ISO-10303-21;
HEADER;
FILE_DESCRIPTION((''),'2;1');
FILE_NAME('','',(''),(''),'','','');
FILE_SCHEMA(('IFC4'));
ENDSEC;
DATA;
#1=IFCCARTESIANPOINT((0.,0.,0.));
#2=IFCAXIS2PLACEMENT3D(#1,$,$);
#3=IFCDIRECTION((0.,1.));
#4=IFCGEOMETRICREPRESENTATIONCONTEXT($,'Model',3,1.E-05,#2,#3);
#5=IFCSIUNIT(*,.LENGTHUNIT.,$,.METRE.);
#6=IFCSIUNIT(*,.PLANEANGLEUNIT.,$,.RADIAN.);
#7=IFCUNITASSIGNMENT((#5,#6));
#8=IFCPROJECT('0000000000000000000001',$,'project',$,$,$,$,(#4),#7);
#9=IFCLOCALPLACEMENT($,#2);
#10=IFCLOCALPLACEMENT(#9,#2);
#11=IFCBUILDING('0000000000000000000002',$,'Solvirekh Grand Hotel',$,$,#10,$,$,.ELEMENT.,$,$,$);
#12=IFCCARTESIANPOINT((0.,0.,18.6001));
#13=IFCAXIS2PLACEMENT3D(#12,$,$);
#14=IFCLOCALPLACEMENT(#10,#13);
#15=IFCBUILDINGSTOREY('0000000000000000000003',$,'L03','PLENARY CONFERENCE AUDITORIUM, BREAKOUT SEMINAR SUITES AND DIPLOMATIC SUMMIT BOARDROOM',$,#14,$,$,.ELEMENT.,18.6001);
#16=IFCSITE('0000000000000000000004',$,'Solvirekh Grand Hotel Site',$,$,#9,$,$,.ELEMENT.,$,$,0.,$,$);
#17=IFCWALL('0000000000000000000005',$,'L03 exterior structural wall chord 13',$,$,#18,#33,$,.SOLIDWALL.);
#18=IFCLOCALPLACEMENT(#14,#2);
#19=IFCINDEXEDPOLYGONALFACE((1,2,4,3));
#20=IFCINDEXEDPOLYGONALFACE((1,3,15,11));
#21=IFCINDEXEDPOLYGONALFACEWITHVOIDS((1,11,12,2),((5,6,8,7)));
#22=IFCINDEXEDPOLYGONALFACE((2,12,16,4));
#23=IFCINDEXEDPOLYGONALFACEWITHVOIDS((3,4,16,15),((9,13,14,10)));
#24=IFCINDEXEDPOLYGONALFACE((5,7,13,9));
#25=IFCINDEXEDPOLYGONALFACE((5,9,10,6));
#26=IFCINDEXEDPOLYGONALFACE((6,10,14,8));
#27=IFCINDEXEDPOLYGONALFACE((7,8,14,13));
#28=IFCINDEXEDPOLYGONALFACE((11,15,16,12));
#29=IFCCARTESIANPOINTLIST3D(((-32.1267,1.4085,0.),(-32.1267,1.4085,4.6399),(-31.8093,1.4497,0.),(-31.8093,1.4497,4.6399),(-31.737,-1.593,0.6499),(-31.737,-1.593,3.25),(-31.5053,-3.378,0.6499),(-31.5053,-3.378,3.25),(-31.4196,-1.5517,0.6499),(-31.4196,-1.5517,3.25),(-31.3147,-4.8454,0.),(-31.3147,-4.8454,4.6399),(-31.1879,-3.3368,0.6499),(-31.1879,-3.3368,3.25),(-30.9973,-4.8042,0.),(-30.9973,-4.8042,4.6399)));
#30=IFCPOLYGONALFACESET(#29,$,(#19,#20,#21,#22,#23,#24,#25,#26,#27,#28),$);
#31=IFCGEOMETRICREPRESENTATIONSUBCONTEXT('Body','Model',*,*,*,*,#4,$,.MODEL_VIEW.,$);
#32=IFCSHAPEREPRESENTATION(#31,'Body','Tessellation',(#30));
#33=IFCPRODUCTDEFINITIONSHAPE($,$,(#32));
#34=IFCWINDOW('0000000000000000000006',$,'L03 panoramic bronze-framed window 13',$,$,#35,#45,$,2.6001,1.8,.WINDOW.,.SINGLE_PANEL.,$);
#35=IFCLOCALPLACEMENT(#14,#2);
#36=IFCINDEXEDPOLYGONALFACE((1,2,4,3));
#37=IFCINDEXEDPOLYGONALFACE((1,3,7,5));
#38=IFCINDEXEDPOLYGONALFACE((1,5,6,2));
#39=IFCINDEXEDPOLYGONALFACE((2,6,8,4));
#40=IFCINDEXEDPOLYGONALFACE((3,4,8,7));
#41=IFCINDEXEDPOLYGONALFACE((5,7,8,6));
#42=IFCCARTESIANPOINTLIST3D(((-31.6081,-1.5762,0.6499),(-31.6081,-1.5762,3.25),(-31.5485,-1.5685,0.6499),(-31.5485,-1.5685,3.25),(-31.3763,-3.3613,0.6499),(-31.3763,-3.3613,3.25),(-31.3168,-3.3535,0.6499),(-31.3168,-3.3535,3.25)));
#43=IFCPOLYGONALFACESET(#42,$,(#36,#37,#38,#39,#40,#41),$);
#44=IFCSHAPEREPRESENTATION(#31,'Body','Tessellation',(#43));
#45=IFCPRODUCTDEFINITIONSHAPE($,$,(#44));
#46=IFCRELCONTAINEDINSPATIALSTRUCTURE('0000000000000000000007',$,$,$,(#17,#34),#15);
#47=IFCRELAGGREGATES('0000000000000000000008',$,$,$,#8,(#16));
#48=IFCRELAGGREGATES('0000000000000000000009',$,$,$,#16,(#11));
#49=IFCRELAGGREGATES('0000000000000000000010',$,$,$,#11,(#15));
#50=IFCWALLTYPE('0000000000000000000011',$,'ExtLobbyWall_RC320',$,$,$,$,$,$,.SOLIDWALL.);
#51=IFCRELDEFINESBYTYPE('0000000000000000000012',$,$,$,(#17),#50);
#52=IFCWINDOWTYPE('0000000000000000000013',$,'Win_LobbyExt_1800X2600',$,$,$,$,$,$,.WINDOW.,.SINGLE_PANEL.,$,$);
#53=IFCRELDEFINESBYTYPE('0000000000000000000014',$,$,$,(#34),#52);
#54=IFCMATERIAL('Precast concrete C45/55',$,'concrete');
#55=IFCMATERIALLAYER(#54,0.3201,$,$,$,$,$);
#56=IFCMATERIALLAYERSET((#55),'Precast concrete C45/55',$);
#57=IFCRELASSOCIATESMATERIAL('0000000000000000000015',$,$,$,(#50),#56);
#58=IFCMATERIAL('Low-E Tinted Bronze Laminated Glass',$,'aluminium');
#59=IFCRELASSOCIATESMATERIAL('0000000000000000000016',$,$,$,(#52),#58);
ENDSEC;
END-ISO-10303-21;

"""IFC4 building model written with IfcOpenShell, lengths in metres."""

from ifc_helpers import new_model, si_unit, direction, frame, frame_2d, origin, place, context, subcontext, project, spatial, rectangle, extrude, material, layer, layer_set, type_object, element, fill, save


model = new_model("IFC4")

# Units and contexts
model_context = context("Model", 3, precision=1e-05, world=origin(), true_north=direction((0.0, 1.0)))
body_context = subcontext(model_context, "Body", "Model", "MODEL_VIEW")
ifc_project = project(units=[si_unit("LENGTHUNIT", "METRE"), si_unit("PLANEANGLEUNIT", "RADIAN")], contexts=[model_context])

# Site, building, storey
site_placement = place(None, origin())
site = spatial("IfcSite", under=ifc_project, at=site_placement, Name="Solvirekh Grand Hotel Site", CompositionType="ELEMENT", RefElevation=0.0)
building_placement = place(site_placement, origin())
building = spatial("IfcBuilding", under=site, at=building_placement, Name="Solvirekh Grand Hotel", CompositionType="ELEMENT")
storey_placement = place(building_placement, frame((0.0, 0.0, 18.6001)))
storey = spatial("IfcBuildingStorey", under=building, at=storey_placement, Name="L03", Description="PLENARY CONFERENCE AUDITORIUM, BREAKOUT SEMINAR SUITES AND DIPLOMATIC SUMMIT BOARDROOM", CompositionType="ELEMENT", Elevation=18.6001)

# Shared definitions
ifc_material_1 = material(Name="Low-E Tinted Bronze Laminated Glass", Category="aluminium")

# Wall, opening, window
ifc_material_2 = material(Name="Precast concrete C45/55", Category="concrete")
ifc_layer_1 = layer(ifc_material_2, 0.3201)
ifc_layer_set_1 = layer_set([ifc_layer_1], Name="Precast concrete C45/55")
wall_type = type_object("IfcWallType", Name="ExtLobbyWall_RC320", PredefinedType="SOLIDWALL", material=ifc_layer_set_1)
wall_placement = place(storey_placement, frame((-31.156, -4.825, 0.0), z_axis=(0.0, 0.0, 1.0), x_axis=(-0.12876, 0.991676, 0.0)))
wall = element("IfcWall", 1, at=wall_placement, inside=storey, type_object=wall_type, Name="L03 exterior structural wall chord 13", PredefinedType="SOLIDWALL", context=body_context, shape_type="SweptSolid", body=[
    extrude(rectangle(XDim=6.3064, YDim=0.3201, at=frame_2d((3.1533, 0.0))), origin(), (0.0, 0.0, 1.0), 4.6399),
])
opening_placement = place(wall_placement, frame((1.48, 0.0, 0.6499)))
opening = element("IfcOpeningElement", 2, at=opening_placement, cuts=wall, PredefinedType="OPENING", context=body_context, shape_type="SweptSolid", body=[
    extrude(rectangle(XDim=1.8, YDim=2.6001, at=frame_2d((0.8999, 1.3))), frame((0.0, 0.1699, 0.0), z_axis=(0.0, -1.0, 0.0), x_axis=(1.0, 0.0, 0.0)), (0.0, 0.0, 1.0), 0.3401),
])
window_type = type_object("IfcWindowType", Name="Win_LobbyExt_1800X2600", PartitioningType="SINGLE_PANEL", PredefinedType="WINDOW", material=ifc_material_1)
window_placement = place(opening_placement, origin())
window = element("IfcWindow", 3, at=window_placement, inside=storey, type_object=window_type, Name="L03 panoramic bronze-framed window 13", OverallHeight=2.6001, OverallWidth=1.8, PartitioningType="SINGLE_PANEL", PredefinedType="WINDOW", context=body_context, shape_type="SweptSolid", body=[
    extrude(rectangle(XDim=1.8, YDim=2.6001, at=frame_2d((0.8999, 1.3))), frame((0.0, 0.03, 0.0), z_axis=(0.0, -1.0, 0.0), x_axis=(1.0, 0.0, 0.0)), (0.0, 0.0, 1.0), 0.0601),
])
fill(opening, window)

save(model, "model.ifc")
